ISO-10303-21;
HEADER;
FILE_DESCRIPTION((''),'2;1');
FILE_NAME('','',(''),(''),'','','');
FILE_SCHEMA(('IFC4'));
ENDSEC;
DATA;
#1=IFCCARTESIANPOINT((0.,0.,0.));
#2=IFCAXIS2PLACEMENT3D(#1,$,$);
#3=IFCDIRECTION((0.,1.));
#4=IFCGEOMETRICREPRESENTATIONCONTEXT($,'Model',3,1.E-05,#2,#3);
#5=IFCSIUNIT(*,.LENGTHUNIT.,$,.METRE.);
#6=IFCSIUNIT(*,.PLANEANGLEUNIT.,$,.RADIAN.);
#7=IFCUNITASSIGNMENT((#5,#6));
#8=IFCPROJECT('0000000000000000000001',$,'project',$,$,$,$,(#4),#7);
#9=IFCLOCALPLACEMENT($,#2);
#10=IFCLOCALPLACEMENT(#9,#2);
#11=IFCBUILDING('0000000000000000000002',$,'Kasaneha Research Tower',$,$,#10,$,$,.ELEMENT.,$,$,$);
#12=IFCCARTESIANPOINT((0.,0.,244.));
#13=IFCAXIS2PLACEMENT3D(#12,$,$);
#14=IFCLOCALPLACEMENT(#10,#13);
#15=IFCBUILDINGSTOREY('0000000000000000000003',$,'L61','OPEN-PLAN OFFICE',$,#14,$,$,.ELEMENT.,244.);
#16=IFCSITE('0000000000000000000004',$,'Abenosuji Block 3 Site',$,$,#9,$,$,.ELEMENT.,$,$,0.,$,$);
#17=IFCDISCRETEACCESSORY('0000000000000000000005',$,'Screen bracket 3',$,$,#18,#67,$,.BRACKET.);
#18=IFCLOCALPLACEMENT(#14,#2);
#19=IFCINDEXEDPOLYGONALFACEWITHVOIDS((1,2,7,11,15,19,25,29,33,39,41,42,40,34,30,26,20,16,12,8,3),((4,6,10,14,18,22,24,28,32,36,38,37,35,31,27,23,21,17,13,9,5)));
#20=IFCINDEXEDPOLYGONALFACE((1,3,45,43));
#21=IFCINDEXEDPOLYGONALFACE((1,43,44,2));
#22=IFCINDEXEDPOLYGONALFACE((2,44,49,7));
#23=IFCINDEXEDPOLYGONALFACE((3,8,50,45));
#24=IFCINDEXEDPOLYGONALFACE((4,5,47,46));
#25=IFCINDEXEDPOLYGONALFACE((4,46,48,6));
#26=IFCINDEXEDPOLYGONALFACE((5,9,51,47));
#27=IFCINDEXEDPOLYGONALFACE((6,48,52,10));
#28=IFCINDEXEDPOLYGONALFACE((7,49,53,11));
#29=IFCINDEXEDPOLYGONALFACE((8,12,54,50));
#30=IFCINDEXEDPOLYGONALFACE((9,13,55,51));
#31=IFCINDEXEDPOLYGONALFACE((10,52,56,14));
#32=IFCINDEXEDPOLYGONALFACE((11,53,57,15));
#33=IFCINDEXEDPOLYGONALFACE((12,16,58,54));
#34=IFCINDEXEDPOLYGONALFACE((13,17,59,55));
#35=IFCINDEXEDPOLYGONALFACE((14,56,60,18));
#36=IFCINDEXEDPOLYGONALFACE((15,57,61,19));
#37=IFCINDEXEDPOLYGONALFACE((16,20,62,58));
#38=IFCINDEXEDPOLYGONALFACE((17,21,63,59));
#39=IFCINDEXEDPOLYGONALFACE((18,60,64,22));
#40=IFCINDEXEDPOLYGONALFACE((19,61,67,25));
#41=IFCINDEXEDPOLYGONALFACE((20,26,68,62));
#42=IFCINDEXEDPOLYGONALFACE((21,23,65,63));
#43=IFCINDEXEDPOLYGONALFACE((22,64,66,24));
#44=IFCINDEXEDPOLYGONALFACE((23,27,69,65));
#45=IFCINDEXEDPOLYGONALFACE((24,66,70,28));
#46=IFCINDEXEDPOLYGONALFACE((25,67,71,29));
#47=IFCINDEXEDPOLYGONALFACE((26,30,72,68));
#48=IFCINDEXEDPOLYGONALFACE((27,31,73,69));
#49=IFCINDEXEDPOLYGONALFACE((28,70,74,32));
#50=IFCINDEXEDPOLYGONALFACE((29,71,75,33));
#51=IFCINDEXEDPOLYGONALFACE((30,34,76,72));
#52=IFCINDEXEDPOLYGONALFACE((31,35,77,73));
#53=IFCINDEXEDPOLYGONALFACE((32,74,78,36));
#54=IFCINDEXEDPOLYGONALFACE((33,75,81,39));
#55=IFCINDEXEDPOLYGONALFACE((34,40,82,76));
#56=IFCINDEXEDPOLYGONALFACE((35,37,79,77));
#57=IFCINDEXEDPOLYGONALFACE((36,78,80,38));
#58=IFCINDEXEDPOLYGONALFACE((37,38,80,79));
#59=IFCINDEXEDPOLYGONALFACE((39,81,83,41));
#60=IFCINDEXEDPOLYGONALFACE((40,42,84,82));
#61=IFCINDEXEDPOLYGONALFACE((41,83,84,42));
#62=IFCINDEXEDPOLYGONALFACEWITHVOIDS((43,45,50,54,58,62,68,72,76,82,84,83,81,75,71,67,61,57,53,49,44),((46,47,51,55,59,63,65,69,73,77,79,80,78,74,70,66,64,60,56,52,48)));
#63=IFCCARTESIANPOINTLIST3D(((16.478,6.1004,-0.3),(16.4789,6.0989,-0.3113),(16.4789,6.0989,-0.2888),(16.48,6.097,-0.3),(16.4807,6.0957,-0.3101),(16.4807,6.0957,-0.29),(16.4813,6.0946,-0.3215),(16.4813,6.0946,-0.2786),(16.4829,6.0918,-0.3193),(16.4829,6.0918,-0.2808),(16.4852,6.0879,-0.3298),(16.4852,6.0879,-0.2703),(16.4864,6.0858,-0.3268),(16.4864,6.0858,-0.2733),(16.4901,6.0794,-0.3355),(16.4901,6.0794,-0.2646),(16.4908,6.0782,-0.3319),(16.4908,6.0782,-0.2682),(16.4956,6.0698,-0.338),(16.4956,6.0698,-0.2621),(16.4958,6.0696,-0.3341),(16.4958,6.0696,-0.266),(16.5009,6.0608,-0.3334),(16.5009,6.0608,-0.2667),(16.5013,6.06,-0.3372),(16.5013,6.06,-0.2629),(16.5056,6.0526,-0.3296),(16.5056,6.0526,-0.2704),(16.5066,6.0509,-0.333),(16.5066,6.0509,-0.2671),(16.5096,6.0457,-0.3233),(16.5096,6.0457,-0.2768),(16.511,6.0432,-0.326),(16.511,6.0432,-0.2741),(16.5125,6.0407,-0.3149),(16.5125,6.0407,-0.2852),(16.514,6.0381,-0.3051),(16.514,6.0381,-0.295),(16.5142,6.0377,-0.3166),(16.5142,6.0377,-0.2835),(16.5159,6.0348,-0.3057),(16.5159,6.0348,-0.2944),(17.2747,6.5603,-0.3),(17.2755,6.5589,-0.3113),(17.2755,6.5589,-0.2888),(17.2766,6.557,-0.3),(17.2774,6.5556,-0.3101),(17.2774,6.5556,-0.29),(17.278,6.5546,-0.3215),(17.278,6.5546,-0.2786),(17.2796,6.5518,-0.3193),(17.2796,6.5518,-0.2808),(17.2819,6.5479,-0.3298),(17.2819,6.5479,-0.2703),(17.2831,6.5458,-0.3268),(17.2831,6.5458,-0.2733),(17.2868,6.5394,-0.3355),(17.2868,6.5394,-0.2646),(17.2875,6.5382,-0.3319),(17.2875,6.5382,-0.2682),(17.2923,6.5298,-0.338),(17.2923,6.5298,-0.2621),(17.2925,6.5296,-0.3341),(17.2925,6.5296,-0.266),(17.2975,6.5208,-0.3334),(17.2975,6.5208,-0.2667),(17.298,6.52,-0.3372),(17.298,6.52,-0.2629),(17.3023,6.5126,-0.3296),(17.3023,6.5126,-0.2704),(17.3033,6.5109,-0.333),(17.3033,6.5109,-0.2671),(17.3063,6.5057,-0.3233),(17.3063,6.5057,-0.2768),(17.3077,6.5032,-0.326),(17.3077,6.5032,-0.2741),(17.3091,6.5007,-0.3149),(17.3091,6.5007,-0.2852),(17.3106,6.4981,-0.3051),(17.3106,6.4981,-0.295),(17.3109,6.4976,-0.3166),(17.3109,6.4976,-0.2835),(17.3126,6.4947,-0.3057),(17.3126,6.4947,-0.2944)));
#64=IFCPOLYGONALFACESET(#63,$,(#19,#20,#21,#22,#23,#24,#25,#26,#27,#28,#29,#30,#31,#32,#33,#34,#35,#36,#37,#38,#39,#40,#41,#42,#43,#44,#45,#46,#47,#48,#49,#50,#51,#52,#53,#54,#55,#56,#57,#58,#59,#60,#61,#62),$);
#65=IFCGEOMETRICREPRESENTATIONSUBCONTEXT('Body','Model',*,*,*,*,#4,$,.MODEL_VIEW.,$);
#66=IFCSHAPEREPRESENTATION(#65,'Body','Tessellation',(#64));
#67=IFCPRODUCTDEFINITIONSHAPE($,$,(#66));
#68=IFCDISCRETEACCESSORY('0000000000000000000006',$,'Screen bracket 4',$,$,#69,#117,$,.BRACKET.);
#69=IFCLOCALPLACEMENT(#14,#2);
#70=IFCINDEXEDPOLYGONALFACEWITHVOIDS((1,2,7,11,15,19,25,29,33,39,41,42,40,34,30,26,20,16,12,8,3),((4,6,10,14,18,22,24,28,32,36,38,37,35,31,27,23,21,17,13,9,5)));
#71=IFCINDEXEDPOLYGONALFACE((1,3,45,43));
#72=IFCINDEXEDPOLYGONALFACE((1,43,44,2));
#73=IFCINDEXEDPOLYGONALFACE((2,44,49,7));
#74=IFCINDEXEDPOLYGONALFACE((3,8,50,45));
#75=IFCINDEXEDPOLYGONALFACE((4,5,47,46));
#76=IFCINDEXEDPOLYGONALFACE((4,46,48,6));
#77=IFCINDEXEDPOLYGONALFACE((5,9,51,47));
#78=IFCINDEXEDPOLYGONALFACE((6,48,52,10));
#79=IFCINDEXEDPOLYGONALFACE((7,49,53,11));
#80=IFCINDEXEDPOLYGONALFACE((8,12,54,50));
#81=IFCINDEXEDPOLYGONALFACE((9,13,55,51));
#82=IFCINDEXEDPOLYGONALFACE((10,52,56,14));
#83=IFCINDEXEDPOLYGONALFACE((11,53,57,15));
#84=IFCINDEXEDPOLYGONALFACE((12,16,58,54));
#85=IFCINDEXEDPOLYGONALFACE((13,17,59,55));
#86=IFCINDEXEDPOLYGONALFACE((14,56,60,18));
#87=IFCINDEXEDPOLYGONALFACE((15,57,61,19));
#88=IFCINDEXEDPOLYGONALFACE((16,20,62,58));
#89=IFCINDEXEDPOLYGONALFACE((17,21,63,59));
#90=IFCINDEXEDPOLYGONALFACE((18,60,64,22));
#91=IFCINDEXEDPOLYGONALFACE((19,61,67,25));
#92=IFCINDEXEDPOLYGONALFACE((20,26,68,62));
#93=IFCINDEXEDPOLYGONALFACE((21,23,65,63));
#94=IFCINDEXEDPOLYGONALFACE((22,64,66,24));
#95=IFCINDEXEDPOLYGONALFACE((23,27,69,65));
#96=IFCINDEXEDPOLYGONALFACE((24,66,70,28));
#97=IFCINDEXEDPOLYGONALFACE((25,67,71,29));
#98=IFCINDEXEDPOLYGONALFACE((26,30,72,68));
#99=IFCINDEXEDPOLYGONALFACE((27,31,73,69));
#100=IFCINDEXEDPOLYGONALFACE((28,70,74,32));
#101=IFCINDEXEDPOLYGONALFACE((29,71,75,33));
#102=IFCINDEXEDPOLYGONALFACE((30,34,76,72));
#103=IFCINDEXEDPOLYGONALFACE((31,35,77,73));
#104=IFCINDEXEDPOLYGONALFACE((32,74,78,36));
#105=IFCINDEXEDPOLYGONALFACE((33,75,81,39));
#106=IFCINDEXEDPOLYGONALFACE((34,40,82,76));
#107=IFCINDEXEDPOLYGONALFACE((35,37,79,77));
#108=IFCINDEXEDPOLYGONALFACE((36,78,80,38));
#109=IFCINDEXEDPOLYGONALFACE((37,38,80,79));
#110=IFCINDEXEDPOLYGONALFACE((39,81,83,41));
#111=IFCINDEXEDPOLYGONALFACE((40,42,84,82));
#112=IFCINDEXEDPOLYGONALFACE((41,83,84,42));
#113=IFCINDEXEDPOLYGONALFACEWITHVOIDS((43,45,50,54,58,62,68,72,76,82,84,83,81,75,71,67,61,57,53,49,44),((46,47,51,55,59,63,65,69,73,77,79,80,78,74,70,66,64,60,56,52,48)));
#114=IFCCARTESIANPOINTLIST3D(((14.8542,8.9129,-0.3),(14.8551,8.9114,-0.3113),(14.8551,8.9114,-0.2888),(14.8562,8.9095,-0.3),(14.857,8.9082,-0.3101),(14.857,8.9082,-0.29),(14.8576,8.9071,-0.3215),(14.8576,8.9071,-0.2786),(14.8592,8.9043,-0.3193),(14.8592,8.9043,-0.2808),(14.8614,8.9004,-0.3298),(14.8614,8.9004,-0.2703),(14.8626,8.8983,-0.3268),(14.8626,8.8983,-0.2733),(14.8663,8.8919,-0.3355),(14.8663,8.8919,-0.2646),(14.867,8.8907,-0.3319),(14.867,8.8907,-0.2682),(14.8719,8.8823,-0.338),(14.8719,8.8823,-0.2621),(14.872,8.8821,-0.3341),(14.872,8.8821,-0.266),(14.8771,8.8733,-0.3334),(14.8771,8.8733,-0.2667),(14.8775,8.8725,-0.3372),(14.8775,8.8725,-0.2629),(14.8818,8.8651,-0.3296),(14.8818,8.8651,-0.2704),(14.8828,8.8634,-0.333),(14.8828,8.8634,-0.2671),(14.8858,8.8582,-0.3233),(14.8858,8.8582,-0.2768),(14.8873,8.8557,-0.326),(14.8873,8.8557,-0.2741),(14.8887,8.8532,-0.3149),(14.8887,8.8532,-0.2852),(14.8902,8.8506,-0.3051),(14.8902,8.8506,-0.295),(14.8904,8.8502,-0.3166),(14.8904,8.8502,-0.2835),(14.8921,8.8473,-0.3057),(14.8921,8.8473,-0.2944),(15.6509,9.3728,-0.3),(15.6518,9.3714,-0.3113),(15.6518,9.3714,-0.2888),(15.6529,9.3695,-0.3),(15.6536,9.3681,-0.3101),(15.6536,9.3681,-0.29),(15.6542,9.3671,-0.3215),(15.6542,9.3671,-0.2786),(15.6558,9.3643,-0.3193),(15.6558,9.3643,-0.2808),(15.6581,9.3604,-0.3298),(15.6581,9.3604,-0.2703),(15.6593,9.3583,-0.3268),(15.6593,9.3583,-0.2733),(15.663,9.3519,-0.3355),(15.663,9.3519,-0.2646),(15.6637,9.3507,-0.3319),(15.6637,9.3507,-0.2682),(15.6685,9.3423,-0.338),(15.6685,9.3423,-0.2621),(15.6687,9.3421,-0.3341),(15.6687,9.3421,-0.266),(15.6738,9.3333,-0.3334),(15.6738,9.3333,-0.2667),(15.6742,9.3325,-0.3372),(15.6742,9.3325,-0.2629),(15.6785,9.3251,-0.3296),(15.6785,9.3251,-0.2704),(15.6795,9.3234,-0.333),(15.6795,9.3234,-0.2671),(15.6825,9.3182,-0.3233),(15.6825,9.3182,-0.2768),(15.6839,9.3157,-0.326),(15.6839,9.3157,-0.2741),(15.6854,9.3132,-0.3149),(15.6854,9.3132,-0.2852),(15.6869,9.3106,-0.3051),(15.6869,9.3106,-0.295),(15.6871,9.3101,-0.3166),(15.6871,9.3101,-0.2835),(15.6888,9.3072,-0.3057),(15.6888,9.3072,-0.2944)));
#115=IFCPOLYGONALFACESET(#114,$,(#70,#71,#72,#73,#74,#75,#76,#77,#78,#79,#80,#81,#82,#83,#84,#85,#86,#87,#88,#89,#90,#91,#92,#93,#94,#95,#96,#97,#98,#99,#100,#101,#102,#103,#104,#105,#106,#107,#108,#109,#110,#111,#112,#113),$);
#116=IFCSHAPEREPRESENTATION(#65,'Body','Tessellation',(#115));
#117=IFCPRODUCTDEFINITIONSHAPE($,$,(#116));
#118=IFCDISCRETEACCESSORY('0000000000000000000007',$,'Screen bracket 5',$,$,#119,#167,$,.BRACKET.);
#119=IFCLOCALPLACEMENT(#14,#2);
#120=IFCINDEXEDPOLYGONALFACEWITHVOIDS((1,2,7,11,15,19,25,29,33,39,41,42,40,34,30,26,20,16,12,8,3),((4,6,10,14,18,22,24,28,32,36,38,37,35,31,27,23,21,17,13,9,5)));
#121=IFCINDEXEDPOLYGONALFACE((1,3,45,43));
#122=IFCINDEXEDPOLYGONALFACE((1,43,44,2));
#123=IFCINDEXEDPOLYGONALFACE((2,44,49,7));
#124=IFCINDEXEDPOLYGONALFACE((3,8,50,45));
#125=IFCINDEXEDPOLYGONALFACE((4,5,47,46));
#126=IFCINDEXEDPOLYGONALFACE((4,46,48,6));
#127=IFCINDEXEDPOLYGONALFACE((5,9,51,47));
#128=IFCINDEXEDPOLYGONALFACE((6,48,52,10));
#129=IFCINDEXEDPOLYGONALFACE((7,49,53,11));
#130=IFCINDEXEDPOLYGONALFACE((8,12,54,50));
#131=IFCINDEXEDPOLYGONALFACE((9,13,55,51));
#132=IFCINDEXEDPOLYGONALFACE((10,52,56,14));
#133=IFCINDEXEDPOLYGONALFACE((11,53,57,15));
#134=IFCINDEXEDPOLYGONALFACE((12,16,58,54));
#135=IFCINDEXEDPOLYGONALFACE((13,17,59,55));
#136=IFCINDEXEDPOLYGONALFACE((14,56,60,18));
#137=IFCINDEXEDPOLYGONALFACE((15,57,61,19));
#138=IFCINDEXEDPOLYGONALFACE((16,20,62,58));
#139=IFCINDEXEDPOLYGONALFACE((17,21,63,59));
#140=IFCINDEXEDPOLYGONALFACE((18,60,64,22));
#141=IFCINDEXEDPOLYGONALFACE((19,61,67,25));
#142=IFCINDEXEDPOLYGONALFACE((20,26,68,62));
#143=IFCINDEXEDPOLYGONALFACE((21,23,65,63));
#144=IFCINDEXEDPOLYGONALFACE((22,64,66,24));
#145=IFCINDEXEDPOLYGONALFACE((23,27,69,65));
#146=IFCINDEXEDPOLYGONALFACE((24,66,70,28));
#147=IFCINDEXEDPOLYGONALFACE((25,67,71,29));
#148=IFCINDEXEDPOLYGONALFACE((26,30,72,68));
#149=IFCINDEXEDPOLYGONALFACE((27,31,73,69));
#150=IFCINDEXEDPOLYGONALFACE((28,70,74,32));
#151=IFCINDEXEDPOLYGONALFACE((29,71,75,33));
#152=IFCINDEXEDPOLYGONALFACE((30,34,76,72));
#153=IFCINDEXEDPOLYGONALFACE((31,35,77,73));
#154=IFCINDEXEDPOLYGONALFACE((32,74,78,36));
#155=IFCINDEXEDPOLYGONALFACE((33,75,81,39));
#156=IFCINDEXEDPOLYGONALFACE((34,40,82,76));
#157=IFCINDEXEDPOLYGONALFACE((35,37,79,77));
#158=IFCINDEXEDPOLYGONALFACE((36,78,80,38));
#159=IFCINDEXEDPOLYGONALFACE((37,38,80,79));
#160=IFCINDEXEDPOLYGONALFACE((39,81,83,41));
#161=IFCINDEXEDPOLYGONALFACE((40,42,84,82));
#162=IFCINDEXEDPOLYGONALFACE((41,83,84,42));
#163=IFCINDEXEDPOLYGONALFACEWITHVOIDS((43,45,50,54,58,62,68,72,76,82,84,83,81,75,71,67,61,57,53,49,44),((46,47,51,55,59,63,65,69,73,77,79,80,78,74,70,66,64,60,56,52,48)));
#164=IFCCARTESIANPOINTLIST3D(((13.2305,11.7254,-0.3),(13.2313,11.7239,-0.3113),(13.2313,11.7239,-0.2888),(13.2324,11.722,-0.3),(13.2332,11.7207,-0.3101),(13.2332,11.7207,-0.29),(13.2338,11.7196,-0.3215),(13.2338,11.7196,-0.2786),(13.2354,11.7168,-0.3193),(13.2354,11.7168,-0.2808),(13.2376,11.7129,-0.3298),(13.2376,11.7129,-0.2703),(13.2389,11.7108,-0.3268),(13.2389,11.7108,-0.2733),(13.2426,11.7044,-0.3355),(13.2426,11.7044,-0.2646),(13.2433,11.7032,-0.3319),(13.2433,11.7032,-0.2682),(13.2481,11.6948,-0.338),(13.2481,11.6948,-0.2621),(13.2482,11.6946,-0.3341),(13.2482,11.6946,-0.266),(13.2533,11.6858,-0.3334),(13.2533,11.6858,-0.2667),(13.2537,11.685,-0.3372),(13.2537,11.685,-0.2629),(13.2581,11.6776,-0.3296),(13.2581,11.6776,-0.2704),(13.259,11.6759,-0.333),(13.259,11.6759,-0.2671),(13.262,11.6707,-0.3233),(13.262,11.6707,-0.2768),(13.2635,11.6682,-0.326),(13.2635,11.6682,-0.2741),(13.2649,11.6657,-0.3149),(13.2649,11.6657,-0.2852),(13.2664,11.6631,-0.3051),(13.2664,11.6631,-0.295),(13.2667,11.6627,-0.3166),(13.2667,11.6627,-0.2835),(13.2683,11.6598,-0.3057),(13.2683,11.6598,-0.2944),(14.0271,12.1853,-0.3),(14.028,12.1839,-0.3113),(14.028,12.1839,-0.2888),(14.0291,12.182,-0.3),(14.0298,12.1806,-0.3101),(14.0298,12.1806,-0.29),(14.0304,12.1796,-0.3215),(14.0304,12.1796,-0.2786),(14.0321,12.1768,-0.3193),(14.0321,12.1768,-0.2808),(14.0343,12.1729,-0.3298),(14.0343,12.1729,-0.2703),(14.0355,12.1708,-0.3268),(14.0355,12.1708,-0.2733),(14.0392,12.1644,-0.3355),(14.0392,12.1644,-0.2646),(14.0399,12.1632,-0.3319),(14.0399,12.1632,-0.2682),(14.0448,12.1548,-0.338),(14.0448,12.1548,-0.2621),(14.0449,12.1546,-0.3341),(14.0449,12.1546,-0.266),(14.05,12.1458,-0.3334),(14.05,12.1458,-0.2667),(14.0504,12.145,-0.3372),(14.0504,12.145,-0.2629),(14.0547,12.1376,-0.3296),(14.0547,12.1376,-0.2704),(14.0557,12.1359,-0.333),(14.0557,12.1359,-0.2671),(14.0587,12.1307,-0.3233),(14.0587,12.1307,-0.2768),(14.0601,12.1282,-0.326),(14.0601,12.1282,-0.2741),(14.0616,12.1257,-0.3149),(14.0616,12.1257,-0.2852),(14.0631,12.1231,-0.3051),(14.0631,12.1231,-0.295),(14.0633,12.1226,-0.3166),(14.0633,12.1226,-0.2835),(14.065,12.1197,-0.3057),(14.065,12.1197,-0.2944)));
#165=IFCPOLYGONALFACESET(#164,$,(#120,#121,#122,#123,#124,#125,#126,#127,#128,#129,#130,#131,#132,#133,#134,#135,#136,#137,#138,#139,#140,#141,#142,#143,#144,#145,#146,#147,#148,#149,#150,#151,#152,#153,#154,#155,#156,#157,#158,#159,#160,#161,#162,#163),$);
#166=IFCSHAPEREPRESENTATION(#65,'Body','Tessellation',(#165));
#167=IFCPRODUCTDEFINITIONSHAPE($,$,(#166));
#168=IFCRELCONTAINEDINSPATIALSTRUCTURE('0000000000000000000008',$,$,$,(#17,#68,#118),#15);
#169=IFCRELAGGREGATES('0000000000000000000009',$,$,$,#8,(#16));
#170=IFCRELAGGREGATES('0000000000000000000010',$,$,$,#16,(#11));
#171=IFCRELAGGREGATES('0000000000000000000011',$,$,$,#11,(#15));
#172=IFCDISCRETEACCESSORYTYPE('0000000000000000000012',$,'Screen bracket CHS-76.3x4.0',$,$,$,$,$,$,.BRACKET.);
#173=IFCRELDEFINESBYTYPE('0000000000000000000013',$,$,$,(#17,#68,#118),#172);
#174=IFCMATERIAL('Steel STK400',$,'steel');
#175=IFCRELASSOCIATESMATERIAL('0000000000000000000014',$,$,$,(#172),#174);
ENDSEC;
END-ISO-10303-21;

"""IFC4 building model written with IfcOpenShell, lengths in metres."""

from ifc_helpers import new_model, si_unit, direction, frame, origin, origin_2d, place, context, subcontext, project, spatial, hollow_circle, extrude, material, material_profile, profile_set, type_object, element, save


model = new_model("IFC4")

# Units and contexts
model_context = context("Model", 3, precision=1e-05, world=origin(), true_north=direction((0.0, 1.0)))
body_context = subcontext(model_context, "Body", "Model", "MODEL_VIEW")
ifc_project = project(units=[si_unit("LENGTHUNIT", "METRE"), si_unit("PLANEANGLEUNIT", "RADIAN")], contexts=[model_context])

# Site, building, storey
site_placement = place(None, origin())
site = spatial("IfcSite", under=ifc_project, at=site_placement, Name="Abenosuji Block 3 Site", CompositionType="ELEMENT", RefElevation=0.0)
building_placement = place(site_placement, origin())
building = spatial("IfcBuilding", under=site, at=building_placement, Name="Kasaneha Research Tower", CompositionType="ELEMENT")
storey_placement = place(building_placement, frame((0.0, 0.0, 244.0)))
storey = spatial("IfcBuildingStorey", under=building, at=storey_placement, Name="L61", Description="OPEN-PLAN OFFICE", CompositionType="ELEMENT", Elevation=244.0)

# Discrete accessories
ifc_material_1 = material(Name="Steel STK400", Category="steel")
ifc_material_profile_1 = material_profile(ifc_material_1, hollow_circle(Radius=0.0381, WallThickness=0.0039, at=origin_2d()), Name="CHS-76.3x4.0")
ifc_profile_set_1 = profile_set([ifc_material_profile_1], Name="Steel STK400")
discrete_accessory_type = type_object("IfcDiscreteAccessoryType", Name="Screen bracket CHS-76.3x4.0", PredefinedType="BRACKET", material=ifc_profile_set_1)
for number, where, z_axis, x_axis, name in (
    (1, (16.4971, 6.0674, -0.3), (0.866013, 0.500021, 0.0), (-0.500021, 0.866013, 0.0), "Screen bracket 3"),
    (2, (14.8733, 8.8799, -0.3), (0.866013, 0.500021, 0.0), (-0.500021, 0.866013, 0.0), "Screen bracket 4"),
    (3, (13.2495, 11.6924, -0.3), (0.866013, 0.500021, 0.0), (-0.500021, 0.866013, 0.0), "Screen bracket 5"),
):
    element("IfcDiscreteAccessory", number, at=place(storey_placement, frame(where, z_axis=z_axis, x_axis=x_axis)), inside=storey, type_object=discrete_accessory_type, Name=name, PredefinedType="BRACKET", context=body_context, shape_type="SweptSolid", body=[
        extrude(hollow_circle(Radius=0.0381, WallThickness=0.0039, at=origin_2d()), origin(), (0.0, 0.0, 1.0), 0.9199),
    ])

save(model, "model.ifc")
